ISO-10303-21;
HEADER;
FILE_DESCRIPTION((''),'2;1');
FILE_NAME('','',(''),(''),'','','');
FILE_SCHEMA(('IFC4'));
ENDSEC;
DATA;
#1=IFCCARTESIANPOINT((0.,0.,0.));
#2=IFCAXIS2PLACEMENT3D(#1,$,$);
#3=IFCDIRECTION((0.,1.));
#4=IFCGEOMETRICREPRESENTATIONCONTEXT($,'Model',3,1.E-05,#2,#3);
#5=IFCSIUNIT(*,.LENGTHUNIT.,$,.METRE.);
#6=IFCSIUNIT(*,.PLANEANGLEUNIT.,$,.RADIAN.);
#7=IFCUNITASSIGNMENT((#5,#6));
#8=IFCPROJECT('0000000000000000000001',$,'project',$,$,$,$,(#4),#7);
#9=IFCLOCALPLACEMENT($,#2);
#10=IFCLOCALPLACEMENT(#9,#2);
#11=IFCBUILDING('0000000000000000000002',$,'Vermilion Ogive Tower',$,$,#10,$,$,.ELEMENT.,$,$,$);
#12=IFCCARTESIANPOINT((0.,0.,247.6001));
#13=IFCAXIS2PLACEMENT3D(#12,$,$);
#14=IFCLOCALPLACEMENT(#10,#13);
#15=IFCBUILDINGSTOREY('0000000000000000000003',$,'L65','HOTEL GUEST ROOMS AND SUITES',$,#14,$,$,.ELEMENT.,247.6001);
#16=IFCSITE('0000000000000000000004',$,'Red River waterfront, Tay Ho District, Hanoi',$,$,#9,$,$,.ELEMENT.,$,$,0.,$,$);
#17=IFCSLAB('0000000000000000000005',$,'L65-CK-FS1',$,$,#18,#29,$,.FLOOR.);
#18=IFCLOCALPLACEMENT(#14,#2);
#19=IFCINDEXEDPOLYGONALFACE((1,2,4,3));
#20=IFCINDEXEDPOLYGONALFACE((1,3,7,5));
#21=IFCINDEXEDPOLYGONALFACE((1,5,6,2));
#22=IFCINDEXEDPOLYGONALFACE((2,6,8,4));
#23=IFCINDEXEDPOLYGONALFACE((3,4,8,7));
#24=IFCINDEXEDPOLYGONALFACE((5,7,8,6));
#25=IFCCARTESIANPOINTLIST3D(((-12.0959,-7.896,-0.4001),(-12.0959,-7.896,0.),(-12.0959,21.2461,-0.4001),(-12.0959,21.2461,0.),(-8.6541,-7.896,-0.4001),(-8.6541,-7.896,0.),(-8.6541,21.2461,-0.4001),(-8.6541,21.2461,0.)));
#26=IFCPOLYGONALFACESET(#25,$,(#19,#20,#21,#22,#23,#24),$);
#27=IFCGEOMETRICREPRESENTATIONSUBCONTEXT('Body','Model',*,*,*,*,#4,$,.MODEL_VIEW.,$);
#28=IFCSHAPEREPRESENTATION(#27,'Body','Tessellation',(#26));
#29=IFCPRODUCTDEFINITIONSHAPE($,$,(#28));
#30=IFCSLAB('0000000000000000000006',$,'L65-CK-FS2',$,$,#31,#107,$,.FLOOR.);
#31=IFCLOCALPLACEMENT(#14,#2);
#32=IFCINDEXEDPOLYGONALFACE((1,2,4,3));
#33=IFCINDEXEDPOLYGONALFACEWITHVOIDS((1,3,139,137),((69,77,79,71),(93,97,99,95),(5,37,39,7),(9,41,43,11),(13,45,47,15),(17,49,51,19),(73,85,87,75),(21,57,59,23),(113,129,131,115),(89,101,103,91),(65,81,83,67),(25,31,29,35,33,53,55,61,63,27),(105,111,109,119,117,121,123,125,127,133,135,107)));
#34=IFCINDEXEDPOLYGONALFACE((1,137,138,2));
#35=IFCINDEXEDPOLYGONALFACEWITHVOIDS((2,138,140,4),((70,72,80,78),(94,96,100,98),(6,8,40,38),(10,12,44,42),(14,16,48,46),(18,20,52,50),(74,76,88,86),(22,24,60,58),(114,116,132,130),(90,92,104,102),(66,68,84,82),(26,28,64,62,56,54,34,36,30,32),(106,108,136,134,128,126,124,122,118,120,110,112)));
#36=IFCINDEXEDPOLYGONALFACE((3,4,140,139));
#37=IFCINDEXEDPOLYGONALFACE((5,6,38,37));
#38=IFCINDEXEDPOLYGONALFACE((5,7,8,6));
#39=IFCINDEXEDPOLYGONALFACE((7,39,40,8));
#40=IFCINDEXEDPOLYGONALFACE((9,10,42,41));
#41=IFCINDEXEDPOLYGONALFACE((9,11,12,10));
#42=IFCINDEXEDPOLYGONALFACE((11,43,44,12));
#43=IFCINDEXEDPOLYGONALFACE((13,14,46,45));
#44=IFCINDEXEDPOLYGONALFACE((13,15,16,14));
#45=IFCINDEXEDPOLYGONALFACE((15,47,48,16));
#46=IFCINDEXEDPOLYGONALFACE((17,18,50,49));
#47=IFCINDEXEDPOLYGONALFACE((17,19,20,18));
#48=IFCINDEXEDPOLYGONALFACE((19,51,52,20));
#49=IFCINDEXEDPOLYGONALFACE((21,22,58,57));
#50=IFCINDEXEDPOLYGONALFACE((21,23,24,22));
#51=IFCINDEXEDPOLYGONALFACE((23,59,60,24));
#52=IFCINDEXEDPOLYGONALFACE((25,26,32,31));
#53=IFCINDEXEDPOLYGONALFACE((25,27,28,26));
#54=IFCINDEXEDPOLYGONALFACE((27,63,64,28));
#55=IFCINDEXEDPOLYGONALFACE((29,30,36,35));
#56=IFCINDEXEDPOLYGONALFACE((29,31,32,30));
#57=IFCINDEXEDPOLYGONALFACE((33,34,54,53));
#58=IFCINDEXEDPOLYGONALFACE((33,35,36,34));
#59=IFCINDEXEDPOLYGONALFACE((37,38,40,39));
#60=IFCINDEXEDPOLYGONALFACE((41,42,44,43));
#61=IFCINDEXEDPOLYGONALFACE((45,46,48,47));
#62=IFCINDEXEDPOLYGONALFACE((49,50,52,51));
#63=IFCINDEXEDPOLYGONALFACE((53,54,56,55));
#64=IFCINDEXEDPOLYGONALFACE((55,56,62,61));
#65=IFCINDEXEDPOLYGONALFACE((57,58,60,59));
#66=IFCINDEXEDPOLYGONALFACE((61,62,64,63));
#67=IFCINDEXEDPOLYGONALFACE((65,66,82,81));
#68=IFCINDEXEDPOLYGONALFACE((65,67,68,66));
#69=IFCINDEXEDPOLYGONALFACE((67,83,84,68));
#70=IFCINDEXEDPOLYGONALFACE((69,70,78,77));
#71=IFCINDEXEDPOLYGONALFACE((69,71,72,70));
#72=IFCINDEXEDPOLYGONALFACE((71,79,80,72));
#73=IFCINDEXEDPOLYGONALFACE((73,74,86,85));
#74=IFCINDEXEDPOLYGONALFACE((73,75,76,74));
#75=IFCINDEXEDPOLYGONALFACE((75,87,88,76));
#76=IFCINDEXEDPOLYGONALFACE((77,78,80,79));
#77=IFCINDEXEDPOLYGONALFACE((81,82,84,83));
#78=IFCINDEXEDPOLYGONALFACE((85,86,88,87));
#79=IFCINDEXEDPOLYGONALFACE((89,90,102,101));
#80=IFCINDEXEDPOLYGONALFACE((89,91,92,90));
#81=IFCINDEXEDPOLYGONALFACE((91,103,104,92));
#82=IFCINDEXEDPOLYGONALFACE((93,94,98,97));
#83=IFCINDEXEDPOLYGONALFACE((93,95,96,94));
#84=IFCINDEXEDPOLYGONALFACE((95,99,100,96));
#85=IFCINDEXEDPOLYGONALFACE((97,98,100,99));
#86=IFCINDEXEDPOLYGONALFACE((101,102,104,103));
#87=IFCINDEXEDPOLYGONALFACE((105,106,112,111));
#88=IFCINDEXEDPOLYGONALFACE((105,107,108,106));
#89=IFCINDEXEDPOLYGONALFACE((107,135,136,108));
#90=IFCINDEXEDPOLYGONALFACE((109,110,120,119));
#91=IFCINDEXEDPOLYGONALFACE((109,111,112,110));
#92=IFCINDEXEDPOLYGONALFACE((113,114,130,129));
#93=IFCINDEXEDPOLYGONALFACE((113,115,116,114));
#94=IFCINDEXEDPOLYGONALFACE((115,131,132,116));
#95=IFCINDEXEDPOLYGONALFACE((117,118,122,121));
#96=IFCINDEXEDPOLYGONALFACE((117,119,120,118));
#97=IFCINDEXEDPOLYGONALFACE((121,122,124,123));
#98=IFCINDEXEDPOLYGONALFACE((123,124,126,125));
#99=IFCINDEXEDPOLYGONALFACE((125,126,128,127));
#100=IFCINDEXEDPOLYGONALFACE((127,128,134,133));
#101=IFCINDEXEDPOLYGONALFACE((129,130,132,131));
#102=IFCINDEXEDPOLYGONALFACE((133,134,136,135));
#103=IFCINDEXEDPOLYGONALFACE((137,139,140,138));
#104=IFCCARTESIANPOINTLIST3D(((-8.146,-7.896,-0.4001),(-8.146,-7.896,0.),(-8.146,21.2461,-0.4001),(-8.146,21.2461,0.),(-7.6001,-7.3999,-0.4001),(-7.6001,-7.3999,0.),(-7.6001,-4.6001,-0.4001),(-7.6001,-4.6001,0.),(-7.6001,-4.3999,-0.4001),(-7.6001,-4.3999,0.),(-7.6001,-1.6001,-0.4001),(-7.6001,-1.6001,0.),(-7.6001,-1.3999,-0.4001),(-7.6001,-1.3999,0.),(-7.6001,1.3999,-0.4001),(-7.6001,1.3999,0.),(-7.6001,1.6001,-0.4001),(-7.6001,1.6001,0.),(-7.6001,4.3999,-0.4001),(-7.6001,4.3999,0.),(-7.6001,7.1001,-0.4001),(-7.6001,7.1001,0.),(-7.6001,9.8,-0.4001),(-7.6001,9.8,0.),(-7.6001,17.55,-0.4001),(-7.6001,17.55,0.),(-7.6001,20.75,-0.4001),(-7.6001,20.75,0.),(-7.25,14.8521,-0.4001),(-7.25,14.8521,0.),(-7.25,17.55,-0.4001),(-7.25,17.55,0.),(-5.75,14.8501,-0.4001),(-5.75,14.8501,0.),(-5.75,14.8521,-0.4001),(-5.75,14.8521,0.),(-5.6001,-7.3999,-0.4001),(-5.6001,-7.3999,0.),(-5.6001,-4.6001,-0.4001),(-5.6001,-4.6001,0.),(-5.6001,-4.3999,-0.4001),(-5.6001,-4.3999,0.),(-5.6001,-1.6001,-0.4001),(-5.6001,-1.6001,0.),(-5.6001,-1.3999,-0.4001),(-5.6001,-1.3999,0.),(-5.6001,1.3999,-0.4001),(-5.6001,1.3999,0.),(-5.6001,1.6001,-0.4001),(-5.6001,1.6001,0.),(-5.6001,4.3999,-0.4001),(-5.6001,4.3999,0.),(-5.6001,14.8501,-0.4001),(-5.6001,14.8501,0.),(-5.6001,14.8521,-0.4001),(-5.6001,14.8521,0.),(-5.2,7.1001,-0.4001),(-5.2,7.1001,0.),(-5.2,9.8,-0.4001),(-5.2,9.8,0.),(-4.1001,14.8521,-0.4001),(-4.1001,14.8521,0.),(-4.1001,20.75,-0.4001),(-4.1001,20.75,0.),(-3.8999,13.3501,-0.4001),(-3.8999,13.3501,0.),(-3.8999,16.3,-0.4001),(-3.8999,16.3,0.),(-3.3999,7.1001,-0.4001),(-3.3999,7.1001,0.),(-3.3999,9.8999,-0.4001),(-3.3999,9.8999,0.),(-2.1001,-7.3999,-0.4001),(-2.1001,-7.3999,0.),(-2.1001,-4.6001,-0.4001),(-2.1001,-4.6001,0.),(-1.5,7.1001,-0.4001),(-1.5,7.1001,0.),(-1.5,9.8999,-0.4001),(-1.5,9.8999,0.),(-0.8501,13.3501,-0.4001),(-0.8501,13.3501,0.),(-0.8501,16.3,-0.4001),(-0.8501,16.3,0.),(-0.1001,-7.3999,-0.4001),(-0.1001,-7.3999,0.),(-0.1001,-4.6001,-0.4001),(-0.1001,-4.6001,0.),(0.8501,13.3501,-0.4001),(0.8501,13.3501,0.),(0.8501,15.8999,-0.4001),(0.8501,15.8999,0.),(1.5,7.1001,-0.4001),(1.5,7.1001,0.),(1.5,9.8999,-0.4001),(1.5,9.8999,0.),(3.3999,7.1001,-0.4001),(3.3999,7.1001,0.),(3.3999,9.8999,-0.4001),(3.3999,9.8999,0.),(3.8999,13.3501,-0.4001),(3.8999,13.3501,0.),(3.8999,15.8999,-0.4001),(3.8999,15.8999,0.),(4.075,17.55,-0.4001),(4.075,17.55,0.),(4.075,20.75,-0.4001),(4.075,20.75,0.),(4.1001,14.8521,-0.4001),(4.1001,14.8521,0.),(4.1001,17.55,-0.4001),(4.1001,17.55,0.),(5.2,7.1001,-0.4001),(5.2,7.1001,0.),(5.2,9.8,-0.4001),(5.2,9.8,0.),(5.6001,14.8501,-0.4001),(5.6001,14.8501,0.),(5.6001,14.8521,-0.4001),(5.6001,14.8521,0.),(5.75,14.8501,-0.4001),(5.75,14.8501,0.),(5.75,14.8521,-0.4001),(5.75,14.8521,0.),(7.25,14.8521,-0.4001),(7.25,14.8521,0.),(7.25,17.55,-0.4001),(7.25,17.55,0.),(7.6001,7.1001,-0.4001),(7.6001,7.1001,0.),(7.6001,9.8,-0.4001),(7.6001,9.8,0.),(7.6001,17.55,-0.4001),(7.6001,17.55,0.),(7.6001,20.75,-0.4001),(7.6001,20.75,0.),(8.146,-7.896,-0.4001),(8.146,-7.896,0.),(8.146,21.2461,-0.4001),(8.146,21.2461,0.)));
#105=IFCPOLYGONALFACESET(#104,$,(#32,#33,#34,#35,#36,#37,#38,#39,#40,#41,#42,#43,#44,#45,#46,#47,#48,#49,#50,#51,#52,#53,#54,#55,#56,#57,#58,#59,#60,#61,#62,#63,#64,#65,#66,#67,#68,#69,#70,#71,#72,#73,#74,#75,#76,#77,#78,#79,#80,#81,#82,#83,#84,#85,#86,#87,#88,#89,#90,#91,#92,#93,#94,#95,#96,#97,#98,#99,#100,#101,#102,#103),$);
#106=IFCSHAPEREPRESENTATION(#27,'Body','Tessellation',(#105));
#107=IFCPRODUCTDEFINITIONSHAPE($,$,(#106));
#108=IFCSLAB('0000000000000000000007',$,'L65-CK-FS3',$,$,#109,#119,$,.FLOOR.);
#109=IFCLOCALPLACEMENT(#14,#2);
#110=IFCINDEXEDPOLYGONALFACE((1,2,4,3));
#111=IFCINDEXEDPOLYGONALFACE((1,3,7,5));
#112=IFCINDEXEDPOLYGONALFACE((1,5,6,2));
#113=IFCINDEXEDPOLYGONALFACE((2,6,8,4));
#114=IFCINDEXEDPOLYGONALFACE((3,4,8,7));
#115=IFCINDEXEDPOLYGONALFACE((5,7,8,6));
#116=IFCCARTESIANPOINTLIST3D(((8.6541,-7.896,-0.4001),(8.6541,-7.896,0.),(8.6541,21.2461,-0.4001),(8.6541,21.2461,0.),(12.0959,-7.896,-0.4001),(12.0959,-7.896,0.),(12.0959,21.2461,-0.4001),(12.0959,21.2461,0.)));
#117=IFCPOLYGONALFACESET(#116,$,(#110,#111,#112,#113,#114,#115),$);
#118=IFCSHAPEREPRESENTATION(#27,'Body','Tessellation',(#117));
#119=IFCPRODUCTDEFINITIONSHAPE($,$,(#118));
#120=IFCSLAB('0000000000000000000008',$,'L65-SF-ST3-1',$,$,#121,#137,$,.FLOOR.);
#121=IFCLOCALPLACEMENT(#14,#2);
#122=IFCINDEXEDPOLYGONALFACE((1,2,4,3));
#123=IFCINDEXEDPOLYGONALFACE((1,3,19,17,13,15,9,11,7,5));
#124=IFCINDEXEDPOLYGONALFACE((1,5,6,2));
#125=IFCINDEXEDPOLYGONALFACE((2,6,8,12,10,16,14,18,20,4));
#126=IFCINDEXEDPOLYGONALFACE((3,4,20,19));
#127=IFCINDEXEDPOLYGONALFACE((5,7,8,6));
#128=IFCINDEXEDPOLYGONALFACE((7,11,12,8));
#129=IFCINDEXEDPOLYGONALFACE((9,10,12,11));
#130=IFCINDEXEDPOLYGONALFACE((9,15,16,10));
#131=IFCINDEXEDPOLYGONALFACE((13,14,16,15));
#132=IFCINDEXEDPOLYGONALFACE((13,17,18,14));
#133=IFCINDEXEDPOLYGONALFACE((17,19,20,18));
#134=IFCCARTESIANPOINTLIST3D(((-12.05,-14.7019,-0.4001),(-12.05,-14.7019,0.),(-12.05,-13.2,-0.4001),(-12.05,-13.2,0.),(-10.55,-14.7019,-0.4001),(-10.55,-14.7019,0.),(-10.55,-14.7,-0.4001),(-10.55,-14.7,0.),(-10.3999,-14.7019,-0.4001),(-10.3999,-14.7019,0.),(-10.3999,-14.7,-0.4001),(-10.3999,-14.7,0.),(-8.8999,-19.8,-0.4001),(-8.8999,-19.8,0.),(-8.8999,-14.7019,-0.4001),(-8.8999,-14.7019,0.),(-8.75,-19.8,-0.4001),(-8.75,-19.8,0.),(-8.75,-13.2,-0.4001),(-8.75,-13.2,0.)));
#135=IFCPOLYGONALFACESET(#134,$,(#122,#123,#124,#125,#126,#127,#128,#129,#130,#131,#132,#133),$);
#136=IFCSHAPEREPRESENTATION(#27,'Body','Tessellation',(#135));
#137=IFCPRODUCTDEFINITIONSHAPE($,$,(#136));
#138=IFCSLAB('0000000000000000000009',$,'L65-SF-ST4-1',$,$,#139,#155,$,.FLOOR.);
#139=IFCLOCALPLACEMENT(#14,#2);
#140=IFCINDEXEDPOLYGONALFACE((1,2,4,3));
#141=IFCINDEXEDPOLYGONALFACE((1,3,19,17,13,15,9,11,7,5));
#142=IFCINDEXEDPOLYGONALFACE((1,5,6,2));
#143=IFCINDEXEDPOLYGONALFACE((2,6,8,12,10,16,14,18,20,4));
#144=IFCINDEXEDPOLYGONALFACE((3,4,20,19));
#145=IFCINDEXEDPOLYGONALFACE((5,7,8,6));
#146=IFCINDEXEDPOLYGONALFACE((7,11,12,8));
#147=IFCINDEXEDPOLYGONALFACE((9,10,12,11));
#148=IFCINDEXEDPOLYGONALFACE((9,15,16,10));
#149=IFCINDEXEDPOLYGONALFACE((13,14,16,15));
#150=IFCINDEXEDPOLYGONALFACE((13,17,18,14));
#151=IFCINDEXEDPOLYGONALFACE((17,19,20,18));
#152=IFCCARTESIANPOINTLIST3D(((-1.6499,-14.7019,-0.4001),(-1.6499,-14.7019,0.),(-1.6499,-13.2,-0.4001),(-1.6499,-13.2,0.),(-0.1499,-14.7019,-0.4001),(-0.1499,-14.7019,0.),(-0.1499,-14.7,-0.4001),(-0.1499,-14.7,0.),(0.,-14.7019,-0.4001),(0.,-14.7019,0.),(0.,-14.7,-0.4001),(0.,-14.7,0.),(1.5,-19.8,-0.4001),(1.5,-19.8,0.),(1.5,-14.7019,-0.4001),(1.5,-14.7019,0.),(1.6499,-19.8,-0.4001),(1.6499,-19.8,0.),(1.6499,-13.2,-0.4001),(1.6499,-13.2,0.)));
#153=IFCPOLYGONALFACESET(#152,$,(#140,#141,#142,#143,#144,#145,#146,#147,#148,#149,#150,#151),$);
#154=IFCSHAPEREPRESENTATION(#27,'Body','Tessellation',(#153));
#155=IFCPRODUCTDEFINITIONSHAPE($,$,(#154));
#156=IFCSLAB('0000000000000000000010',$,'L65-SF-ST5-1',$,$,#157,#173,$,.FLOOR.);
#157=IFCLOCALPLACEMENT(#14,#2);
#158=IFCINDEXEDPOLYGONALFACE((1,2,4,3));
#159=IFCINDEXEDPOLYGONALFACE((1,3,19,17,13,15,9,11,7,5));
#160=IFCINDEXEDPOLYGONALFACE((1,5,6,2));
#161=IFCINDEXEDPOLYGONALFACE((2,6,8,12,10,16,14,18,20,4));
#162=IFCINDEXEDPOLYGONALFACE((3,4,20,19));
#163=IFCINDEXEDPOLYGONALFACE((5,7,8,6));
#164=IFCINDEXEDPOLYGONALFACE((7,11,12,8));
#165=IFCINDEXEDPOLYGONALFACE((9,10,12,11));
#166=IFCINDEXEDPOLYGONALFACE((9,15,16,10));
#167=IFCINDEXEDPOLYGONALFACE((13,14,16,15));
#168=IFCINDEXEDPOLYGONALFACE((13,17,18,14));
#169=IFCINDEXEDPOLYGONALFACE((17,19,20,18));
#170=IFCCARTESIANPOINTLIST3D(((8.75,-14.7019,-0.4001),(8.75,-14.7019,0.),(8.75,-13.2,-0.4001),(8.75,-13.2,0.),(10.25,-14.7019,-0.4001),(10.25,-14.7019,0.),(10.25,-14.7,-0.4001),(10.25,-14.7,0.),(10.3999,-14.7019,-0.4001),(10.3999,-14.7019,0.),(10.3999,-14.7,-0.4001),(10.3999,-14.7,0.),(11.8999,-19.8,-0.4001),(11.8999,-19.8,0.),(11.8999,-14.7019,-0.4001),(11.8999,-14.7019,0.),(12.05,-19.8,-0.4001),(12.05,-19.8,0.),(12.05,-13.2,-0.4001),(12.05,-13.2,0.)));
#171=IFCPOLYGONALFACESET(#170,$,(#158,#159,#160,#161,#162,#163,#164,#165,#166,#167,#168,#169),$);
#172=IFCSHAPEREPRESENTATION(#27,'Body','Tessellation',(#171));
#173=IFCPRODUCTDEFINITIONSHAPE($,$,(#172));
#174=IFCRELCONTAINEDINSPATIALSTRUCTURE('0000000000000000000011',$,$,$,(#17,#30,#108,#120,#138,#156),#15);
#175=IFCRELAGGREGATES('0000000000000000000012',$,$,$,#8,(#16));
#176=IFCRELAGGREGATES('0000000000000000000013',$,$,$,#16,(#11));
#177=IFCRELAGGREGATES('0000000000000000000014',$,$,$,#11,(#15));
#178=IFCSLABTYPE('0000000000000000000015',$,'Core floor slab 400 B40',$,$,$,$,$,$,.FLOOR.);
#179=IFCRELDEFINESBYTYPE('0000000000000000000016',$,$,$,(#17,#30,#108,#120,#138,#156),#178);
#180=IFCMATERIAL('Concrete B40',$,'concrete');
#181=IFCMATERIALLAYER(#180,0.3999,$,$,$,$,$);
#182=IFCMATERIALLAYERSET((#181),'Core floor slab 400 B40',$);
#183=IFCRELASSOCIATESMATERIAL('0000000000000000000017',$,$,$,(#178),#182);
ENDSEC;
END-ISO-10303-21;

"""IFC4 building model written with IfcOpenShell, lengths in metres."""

from ifc_helpers import new_model, si_unit, direction, frame, origin, place, context, subcontext, project, spatial, polyline, outline, extrude, material, layer, layer_set, type_object, element, save


model = new_model("IFC4")

# Units and contexts
model_context = context("Model", 3, precision=1e-05, world=origin(), true_north=direction((0.0, 1.0)))
body_context = subcontext(model_context, "Body", "Model", "MODEL_VIEW")
ifc_project = project(units=[si_unit("LENGTHUNIT", "METRE"), si_unit("PLANEANGLEUNIT", "RADIAN")], contexts=[model_context])

# Site, building, storey
site_placement = place(None, origin())
site = spatial("IfcSite", under=ifc_project, at=site_placement, Name="Red River waterfront, Tay Ho District, Hanoi", CompositionType="ELEMENT", RefElevation=0.0)
building_placement = place(site_placement, origin())
building = spatial("IfcBuilding", under=site, at=building_placement, Name="Vermilion Ogive Tower", CompositionType="ELEMENT")
storey_placement = place(building_placement, frame((0.0, 0.0, 247.6001)))
storey = spatial("IfcBuildingStorey", under=building, at=storey_placement, Name="L65", Description="HOTEL GUEST ROOMS AND SUITES", CompositionType="ELEMENT", Elevation=247.6001)

# Slabs
ifc_material_1 = material(Name="Concrete B40", Category="concrete")
ifc_layer_1 = layer(ifc_material_1, 0.3999)
ifc_layer_set_1 = layer_set([ifc_layer_1], Name="Core floor slab 400 B40")
slab_type_1 = type_object("IfcSlabType", Name="Core floor slab 400 B40", PredefinedType="FLOOR", material=ifc_layer_set_1)
slab_1_placement = place(storey_placement, frame((0.0, 0.0, -0.4001)))
element("IfcSlab", 1, at=slab_1_placement, inside=storey, type_object=slab_type_1, Name="L65-CK-FS1", PredefinedType="FLOOR", context=body_context, shape_type="SweptSolid", body=[
    extrude(outline(polyline([(-8.6541, 21.2461), (-8.6541, -7.896), (-12.0959, -7.896), (-12.0959, 21.2461), (-8.6541, 21.2461)])), origin(), (0.0, 0.0, 1.0), 0.4001),
])
slab_2_placement = place(storey_placement, frame((0.0, 0.0, -0.4001)))
element("IfcSlab", 2, at=slab_2_placement, inside=storey, type_object=slab_type_1, Name="L65-CK-FS2", PredefinedType="FLOOR", context=body_context, shape_type="SweptSolid", body=[
    extrude(outline(polyline([(-8.146, -7.896), (8.146, -7.896), (8.146, 21.2461), (-8.146, 21.2461), (-8.146, -7.896)]), holes=[polyline([(-7.6001, -7.3999), (-7.6001, -4.6001), (-5.6001, -4.6001), (-5.6001, -7.3999), (-7.6001, -7.3999)]), polyline([(-7.6001, -4.3999), (-7.6001, -1.6001), (-5.6001, -1.6001), (-5.6001, -4.3999), (-7.6001, -4.3999)]), polyline([(-7.6001, -1.3999), (-7.6001, 1.3999), (-5.6001, 1.3999), (-5.6001, -1.3999), (-7.6001, -1.3999)]), polyline([(-7.6001, 1.6001), (-7.6001, 4.3999), (-5.6001, 4.3999), (-5.6001, 1.6001), (-7.6001, 1.6001)]), polyline([(-7.6001, 7.1001), (-7.6001, 9.8), (-5.2, 9.8), (-5.2, 7.1001), (-7.6001, 7.1001)]), polyline([(-3.3999, 9.8999), (-1.5, 9.8999), (-1.5, 7.1001), (-3.3999, 7.1001), (-3.3999, 9.8999)]), polyline([(-7.6001, 17.55), (-7.6001, 20.75), (-4.1001, 20.75), (-4.1001, 14.8521), (-5.6001, 14.8521), (-5.6001, 14.8501), (-5.75, 14.8501), (-5.75, 14.8521), (-7.25, 14.8521), (-7.25, 17.55), (-7.6001, 17.55)]), polyline([(-2.1001, -7.3999), (-2.1001, -4.6001), (-0.1001, -4.6001), (-0.1001, -7.3999), (-2.1001, -7.3999)]), polyline([(5.2, 7.1001), (5.2, 9.8), (7.6001, 9.8), (7.6001, 7.1001), (5.2, 7.1001)]), polyline([(1.5, 7.1001), (1.5, 9.8999), (3.3999, 9.8999), (3.3999, 7.1001), (1.5, 7.1001)]), polyline([(0.8501, 13.3501), (0.8501, 15.8999), (3.8999, 15.8999), (3.8999, 13.3501), (0.8501, 13.3501)]), polyline([(-3.8999, 16.3), (-0.8501, 16.3), (-0.8501, 13.3501), (-3.8999, 13.3501), (-3.8999, 16.3)]), polyline([(5.75, 14.8501), (5.6001, 14.8501), (5.6001, 14.8521), (4.1001, 14.8521), (4.1001, 17.55), (4.075, 17.55), (4.075, 20.75), (7.6001, 20.75), (7.6001, 17.55), (7.25, 17.55), (7.25, 14.8521), (5.75, 14.8521), (5.75, 14.8501)])]), origin(), (0.0, 0.0, 1.0), 0.4001),
])
slab_3_placement = place(storey_placement, frame((0.0, 0.0, -0.4001)))
element("IfcSlab", 3, at=slab_3_placement, inside=storey, type_object=slab_type_1, Name="L65-CK-FS3", PredefinedType="FLOOR", context=body_context, shape_type="SweptSolid", body=[
    extrude(outline(polyline([(8.6541, 21.2461), (12.0959, 21.2461), (12.0959, -7.896), (8.6541, -7.896), (8.6541, 21.2461)])), origin(), (0.0, 0.0, 1.0), 0.4001),
])
slab_4_placement = place(storey_placement, frame((0.0, 0.0, -0.4001)))
element("IfcSlab", 4, at=slab_4_placement, inside=storey, type_object=slab_type_1, Name="L65-SF-ST3-1", PredefinedType="FLOOR", context=body_context, shape_type="SweptSolid", body=[
    extrude(outline(polyline([(-12.05, -13.2), (-12.05, -14.7019), (-10.55, -14.7019), (-10.55, -14.7), (-10.3999, -14.7), (-10.3999, -14.7019), (-8.8999, -14.7019), (-8.8999, -19.8), (-8.75, -19.8), (-8.75, -13.2), (-12.05, -13.2)])), origin(), (0.0, 0.0, 1.0), 0.4001),
])
slab_5_placement = place(storey_placement, frame((0.0, 0.0, -0.4001)))
element("IfcSlab", 5, at=slab_5_placement, inside=storey, type_object=slab_type_1, Name="L65-SF-ST4-1", PredefinedType="FLOOR", context=body_context, shape_type="SweptSolid", body=[
    extrude(outline(polyline([(-1.6499, -13.2), (-1.6499, -14.7019), (-0.1499, -14.7019), (-0.1499, -14.7), (0.0, -14.7), (0.0, -14.7019), (1.5, -14.7019), (1.5, -19.8), (1.6499, -19.8), (1.6499, -13.2), (-1.6499, -13.2)])), origin(), (0.0, 0.0, 1.0), 0.4001),
])
slab_6_placement = place(storey_placement, frame((0.0, 0.0, -0.4001)))
element("IfcSlab", 6, at=slab_6_placement, inside=storey, type_object=slab_type_1, Name="L65-SF-ST5-1", PredefinedType="FLOOR", context=body_context, shape_type="SweptSolid", body=[
    extrude(outline(polyline([(8.75, -13.2), (8.75, -14.7019), (10.25, -14.7019), (10.25, -14.7), (10.3999, -14.7), (10.3999, -14.7019), (11.8999, -14.7019), (11.8999, -19.8), (12.05, -19.8), (12.05, -13.2), (8.75, -13.2)])), origin(), (0.0, 0.0, 1.0), 0.4001),
])

save(model, "model.ifc")
